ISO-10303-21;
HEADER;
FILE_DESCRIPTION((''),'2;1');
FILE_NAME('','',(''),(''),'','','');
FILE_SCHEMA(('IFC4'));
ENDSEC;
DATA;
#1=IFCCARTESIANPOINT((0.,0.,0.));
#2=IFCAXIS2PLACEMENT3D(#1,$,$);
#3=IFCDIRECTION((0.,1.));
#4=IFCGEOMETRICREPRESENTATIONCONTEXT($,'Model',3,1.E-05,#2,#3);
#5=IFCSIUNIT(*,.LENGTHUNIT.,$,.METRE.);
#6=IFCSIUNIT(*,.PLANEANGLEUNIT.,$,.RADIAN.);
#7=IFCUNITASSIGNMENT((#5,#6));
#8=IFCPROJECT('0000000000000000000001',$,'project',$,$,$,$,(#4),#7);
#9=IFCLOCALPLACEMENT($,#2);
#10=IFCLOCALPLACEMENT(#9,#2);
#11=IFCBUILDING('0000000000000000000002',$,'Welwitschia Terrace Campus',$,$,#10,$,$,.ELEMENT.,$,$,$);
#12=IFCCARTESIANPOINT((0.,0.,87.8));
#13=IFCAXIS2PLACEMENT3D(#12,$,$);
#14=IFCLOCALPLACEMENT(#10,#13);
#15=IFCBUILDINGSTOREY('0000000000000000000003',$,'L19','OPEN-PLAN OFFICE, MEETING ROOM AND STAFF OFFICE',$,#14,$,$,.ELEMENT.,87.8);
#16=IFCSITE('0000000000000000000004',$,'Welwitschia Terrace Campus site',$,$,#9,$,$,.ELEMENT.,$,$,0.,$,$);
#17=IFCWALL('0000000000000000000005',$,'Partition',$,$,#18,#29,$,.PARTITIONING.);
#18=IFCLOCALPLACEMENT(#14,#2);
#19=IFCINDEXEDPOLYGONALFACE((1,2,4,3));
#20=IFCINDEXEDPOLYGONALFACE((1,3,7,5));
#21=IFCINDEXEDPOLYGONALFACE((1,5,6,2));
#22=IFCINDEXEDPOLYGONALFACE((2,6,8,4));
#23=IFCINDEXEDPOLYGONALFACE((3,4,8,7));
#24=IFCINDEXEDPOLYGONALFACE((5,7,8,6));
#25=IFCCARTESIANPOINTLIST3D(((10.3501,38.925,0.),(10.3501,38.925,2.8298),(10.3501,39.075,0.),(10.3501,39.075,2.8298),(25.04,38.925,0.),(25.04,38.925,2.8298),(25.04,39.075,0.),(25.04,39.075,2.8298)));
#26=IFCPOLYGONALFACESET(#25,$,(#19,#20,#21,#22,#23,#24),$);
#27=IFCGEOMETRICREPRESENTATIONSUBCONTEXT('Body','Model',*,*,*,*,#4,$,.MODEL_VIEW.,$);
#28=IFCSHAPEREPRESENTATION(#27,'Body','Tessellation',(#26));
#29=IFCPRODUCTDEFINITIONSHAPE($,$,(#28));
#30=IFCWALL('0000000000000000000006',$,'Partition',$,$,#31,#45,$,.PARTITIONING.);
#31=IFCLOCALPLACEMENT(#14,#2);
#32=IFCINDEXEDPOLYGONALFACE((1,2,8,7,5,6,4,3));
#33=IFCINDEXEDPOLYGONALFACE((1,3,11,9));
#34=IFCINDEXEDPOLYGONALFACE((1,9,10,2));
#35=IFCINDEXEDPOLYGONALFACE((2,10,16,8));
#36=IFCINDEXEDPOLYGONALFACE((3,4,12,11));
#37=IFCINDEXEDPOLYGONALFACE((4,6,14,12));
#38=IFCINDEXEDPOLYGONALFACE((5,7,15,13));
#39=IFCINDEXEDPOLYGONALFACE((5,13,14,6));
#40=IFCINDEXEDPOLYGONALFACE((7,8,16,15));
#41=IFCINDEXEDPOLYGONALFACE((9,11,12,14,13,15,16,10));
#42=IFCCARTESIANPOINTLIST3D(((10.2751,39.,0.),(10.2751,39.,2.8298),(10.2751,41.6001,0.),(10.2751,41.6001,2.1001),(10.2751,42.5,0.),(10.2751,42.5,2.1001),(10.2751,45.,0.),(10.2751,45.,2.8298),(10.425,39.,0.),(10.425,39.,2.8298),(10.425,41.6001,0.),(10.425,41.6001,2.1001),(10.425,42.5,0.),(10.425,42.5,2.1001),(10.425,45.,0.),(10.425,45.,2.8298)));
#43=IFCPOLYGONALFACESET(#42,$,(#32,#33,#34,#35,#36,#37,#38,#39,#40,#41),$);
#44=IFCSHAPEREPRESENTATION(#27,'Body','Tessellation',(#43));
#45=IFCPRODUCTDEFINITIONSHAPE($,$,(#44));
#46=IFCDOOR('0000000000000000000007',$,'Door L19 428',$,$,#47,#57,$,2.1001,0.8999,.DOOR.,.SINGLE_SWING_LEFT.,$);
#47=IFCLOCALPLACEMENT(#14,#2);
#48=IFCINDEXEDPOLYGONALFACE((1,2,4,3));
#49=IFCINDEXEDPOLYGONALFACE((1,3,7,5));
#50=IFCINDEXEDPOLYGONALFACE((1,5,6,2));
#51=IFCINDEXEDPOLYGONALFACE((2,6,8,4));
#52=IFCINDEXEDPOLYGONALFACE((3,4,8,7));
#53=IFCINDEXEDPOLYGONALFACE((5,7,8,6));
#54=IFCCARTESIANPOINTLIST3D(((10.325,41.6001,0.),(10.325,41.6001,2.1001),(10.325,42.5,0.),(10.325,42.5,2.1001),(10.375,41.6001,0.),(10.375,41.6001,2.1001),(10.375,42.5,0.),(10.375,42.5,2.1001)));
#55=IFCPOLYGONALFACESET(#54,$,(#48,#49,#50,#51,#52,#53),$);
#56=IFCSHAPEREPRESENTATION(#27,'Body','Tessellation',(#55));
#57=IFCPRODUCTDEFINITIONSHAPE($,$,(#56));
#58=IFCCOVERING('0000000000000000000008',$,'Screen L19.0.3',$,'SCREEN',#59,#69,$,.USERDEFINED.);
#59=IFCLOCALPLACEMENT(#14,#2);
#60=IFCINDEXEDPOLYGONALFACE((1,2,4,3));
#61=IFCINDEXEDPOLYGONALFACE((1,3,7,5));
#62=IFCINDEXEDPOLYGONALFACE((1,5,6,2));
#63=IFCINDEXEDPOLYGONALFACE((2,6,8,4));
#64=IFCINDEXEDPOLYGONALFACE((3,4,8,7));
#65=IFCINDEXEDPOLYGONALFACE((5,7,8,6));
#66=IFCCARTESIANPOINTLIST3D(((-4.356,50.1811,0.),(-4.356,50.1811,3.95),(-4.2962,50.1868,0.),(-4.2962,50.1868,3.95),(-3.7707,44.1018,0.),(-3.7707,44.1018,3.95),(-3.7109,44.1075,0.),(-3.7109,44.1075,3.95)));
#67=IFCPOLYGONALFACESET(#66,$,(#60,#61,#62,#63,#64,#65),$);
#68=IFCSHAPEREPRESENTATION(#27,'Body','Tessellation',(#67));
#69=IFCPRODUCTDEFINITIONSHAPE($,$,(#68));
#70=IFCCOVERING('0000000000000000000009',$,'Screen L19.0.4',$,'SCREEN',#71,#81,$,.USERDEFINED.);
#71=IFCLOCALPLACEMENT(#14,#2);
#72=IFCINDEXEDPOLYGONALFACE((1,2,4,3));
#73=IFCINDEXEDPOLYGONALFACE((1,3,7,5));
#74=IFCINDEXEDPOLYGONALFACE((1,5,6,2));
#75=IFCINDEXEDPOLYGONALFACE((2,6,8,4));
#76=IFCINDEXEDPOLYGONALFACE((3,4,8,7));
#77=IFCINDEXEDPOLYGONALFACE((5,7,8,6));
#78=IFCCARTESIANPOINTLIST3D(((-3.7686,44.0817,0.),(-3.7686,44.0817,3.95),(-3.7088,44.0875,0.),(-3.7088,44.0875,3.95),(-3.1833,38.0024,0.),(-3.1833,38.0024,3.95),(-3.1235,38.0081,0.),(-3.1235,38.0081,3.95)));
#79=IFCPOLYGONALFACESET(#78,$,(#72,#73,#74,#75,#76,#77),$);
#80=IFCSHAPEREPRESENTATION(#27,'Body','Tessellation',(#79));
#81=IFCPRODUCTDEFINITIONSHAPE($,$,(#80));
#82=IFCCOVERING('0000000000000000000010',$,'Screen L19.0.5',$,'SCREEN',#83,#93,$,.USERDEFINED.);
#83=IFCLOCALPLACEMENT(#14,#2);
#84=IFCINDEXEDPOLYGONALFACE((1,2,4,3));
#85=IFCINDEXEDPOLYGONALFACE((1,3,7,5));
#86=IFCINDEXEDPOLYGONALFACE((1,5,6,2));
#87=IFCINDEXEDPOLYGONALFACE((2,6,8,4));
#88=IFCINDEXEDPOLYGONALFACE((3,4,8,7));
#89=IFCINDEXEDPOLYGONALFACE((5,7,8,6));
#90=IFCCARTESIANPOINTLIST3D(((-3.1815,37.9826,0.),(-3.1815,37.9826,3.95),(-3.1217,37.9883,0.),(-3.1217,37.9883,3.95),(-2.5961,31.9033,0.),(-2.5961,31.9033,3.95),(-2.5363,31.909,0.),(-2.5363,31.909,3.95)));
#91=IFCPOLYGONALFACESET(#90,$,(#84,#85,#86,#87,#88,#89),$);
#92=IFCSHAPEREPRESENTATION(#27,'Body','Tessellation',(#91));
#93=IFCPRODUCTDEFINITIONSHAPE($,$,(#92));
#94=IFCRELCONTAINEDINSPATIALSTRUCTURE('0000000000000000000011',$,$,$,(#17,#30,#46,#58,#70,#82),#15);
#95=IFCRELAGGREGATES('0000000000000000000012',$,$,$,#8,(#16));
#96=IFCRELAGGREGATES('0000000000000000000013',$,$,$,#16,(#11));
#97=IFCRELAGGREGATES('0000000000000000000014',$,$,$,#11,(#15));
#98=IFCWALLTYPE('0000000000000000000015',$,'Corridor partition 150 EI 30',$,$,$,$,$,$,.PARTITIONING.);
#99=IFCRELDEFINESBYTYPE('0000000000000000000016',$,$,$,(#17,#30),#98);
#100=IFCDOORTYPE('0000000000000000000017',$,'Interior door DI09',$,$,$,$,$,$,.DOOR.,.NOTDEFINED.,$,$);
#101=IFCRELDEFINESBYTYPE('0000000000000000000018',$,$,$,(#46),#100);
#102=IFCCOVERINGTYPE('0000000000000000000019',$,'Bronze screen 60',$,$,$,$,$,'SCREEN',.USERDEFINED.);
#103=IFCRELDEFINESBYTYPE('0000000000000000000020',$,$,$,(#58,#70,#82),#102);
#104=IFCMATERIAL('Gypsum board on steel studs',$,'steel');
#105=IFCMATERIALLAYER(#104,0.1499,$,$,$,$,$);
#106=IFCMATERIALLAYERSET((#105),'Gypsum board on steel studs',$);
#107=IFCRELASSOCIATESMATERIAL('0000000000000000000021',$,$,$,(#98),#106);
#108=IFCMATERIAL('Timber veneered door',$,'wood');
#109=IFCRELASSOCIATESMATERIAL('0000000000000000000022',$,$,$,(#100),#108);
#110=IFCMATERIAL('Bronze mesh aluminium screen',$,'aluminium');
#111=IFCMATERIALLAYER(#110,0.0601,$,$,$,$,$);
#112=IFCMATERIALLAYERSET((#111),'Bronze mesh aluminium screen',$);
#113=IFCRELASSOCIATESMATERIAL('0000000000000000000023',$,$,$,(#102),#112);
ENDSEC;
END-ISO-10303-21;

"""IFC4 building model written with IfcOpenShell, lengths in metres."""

from ifc_helpers import new_model, si_unit, direction, frame, frame_2d, origin, origin_2d, place, context, subcontext, project, spatial, rectangle, extrude, material, layer, layer_set, type_object, element, fill, save


model = new_model("IFC4")

# Units and contexts
model_context = context("Model", 3, precision=1e-05, world=origin(), true_north=direction((0.0, 1.0)))
body_context = subcontext(model_context, "Body", "Model", "MODEL_VIEW")
ifc_project = project(units=[si_unit("LENGTHUNIT", "METRE"), si_unit("PLANEANGLEUNIT", "RADIAN")], contexts=[model_context])

# Site, building, storey
site_placement = place(None, origin())
site = spatial("IfcSite", under=ifc_project, at=site_placement, Name="Welwitschia Terrace Campus site", CompositionType="ELEMENT", RefElevation=0.0)
building_placement = place(site_placement, origin())
building = spatial("IfcBuilding", under=site, at=building_placement, Name="Welwitschia Terrace Campus", CompositionType="ELEMENT")
storey_placement = place(building_placement, frame((0.0, 0.0, 87.8)))
storey = spatial("IfcBuildingStorey", under=building, at=storey_placement, Name="L19", Description="OPEN-PLAN OFFICE, MEETING ROOM AND STAFF OFFICE", CompositionType="ELEMENT", Elevation=87.8)

# Shared definitions
ifc_material_1 = material(Name="Gypsum board on steel studs", Category="steel")
ifc_layer_1 = layer(ifc_material_1, 0.1499)
ifc_layer_set_1 = layer_set([ifc_layer_1], Name="Gypsum board on steel studs")
wall_type = type_object("IfcWallType", Name="Corridor partition 150 EI 30", PredefinedType="PARTITIONING", material=ifc_layer_set_1)

# Wall
wall_1_placement = place(storey_placement, frame((10.3501, 39.0, 0.0), z_axis=(0.0, 0.0, 1.0), x_axis=(1.0, 0.0, 0.0)))
element("IfcWall", 1, at=wall_1_placement, inside=storey, type_object=wall_type, Name="Partition", PredefinedType="PARTITIONING", context=body_context, shape_type="SweptSolid", body=[
    extrude(rectangle(XDim=14.6899, YDim=0.1499, at=frame_2d((7.345, 0.0))), origin(), (0.0, 0.0, 1.0), 2.8298),
])

# Wall, opening, door
wall_2_placement = place(storey_placement, frame((10.3501, 45.0, 0.0), z_axis=(0.0, 0.0, 1.0), x_axis=(0.0, -1.0, 0.0)))
wall_2 = element("IfcWall", 2, at=wall_2_placement, inside=storey, type_object=wall_type, Name="Partition", PredefinedType="PARTITIONING", context=body_context, shape_type="SweptSolid", body=[
    extrude(rectangle(XDim=6.0, YDim=0.1499, at=frame_2d((3.0, 0.0))), origin(), (0.0, 0.0, 1.0), 2.8298),
])
opening_1_placement = place(wall_2_placement, frame((2.5, 0.0, 0.0)))
opening_1 = element("IfcOpeningElement", 3, at=opening_1_placement, cuts=wall_2, PredefinedType="OPENING", context=body_context, shape_type="SweptSolid", body=[
    extrude(rectangle(XDim=0.8999, YDim=2.1001, at=frame_2d((0.45, 1.05))), frame((0.0, 0.085, 0.0), z_axis=(0.0, -1.0, 0.0), x_axis=(1.0, 0.0, 0.0)), (0.0, 0.0, 1.0), 0.1699),
])
ifc_material_2 = material(Name="Timber veneered door", Category="wood")
door_type_1 = type_object("IfcDoorType", Name="Interior door DI09", OperationType="NOTDEFINED", PredefinedType="DOOR", material=ifc_material_2)
door_1_placement = place(opening_1_placement, origin())
door_1 = element("IfcDoor", 4, at=door_1_placement, inside=storey, type_object=door_type_1, Name="Door L19 428", OperationType="SINGLE_SWING_LEFT", OverallHeight=2.1001, OverallWidth=0.8999, PredefinedType="DOOR", context=body_context, shape_type="SweptSolid", body=[
    extrude(rectangle(XDim=0.8999, YDim=2.1001, at=frame_2d((0.45, 1.05))), frame((0.0, 0.0249, 0.0), z_axis=(0.0, -1.0, 0.0), x_axis=(1.0, 0.0, 0.0)), (0.0, 0.0, 1.0), 0.05),
])
fill(opening_1, door_1)

# Coverings
ifc_material_3 = material(Name="Bronze mesh aluminium screen", Category="aluminium")
ifc_layer_2 = layer(ifc_material_3, 0.0601)
ifc_layer_set_2 = layer_set([ifc_layer_2], Name="Bronze mesh aluminium screen")
covering_type = type_object("IfcCoveringType", Name="Bronze screen 60", ElementType="SCREEN", PredefinedType="USERDEFINED", material=ifc_layer_set_2)
for number, where, z_axis, x_axis, name in (
    (5, (-4.0334, 47.1443, 0.0), (0.0, 0.0, 1.0), (0.095846, -0.995396, 0.0), "Screen L19.0.3"),
    (6, (-3.446, 41.0449, 0.0), (0.0, 0.0, 1.0), (0.095846, -0.995396, 0.0), "Screen L19.0.4"),
    (7, (-2.8589, 34.9458, 0.0), (0.0, 0.0, 1.0), (0.095846, -0.995396, 0.0), "Screen L19.0.5"),
):
    element("IfcCovering", number, at=place(storey_placement, frame(where, z_axis=z_axis, x_axis=x_axis)), inside=storey, type_object=covering_type, Name=name, ObjectType="SCREEN", PredefinedType="USERDEFINED", context=body_context, shape_type="SweptSolid", body=[
        extrude(rectangle(XDim=6.1074, YDim=0.0601, at=origin_2d()), origin(), (0.0, 0.0, 1.0), 3.95),
    ])

save(model, "model.ifc")
